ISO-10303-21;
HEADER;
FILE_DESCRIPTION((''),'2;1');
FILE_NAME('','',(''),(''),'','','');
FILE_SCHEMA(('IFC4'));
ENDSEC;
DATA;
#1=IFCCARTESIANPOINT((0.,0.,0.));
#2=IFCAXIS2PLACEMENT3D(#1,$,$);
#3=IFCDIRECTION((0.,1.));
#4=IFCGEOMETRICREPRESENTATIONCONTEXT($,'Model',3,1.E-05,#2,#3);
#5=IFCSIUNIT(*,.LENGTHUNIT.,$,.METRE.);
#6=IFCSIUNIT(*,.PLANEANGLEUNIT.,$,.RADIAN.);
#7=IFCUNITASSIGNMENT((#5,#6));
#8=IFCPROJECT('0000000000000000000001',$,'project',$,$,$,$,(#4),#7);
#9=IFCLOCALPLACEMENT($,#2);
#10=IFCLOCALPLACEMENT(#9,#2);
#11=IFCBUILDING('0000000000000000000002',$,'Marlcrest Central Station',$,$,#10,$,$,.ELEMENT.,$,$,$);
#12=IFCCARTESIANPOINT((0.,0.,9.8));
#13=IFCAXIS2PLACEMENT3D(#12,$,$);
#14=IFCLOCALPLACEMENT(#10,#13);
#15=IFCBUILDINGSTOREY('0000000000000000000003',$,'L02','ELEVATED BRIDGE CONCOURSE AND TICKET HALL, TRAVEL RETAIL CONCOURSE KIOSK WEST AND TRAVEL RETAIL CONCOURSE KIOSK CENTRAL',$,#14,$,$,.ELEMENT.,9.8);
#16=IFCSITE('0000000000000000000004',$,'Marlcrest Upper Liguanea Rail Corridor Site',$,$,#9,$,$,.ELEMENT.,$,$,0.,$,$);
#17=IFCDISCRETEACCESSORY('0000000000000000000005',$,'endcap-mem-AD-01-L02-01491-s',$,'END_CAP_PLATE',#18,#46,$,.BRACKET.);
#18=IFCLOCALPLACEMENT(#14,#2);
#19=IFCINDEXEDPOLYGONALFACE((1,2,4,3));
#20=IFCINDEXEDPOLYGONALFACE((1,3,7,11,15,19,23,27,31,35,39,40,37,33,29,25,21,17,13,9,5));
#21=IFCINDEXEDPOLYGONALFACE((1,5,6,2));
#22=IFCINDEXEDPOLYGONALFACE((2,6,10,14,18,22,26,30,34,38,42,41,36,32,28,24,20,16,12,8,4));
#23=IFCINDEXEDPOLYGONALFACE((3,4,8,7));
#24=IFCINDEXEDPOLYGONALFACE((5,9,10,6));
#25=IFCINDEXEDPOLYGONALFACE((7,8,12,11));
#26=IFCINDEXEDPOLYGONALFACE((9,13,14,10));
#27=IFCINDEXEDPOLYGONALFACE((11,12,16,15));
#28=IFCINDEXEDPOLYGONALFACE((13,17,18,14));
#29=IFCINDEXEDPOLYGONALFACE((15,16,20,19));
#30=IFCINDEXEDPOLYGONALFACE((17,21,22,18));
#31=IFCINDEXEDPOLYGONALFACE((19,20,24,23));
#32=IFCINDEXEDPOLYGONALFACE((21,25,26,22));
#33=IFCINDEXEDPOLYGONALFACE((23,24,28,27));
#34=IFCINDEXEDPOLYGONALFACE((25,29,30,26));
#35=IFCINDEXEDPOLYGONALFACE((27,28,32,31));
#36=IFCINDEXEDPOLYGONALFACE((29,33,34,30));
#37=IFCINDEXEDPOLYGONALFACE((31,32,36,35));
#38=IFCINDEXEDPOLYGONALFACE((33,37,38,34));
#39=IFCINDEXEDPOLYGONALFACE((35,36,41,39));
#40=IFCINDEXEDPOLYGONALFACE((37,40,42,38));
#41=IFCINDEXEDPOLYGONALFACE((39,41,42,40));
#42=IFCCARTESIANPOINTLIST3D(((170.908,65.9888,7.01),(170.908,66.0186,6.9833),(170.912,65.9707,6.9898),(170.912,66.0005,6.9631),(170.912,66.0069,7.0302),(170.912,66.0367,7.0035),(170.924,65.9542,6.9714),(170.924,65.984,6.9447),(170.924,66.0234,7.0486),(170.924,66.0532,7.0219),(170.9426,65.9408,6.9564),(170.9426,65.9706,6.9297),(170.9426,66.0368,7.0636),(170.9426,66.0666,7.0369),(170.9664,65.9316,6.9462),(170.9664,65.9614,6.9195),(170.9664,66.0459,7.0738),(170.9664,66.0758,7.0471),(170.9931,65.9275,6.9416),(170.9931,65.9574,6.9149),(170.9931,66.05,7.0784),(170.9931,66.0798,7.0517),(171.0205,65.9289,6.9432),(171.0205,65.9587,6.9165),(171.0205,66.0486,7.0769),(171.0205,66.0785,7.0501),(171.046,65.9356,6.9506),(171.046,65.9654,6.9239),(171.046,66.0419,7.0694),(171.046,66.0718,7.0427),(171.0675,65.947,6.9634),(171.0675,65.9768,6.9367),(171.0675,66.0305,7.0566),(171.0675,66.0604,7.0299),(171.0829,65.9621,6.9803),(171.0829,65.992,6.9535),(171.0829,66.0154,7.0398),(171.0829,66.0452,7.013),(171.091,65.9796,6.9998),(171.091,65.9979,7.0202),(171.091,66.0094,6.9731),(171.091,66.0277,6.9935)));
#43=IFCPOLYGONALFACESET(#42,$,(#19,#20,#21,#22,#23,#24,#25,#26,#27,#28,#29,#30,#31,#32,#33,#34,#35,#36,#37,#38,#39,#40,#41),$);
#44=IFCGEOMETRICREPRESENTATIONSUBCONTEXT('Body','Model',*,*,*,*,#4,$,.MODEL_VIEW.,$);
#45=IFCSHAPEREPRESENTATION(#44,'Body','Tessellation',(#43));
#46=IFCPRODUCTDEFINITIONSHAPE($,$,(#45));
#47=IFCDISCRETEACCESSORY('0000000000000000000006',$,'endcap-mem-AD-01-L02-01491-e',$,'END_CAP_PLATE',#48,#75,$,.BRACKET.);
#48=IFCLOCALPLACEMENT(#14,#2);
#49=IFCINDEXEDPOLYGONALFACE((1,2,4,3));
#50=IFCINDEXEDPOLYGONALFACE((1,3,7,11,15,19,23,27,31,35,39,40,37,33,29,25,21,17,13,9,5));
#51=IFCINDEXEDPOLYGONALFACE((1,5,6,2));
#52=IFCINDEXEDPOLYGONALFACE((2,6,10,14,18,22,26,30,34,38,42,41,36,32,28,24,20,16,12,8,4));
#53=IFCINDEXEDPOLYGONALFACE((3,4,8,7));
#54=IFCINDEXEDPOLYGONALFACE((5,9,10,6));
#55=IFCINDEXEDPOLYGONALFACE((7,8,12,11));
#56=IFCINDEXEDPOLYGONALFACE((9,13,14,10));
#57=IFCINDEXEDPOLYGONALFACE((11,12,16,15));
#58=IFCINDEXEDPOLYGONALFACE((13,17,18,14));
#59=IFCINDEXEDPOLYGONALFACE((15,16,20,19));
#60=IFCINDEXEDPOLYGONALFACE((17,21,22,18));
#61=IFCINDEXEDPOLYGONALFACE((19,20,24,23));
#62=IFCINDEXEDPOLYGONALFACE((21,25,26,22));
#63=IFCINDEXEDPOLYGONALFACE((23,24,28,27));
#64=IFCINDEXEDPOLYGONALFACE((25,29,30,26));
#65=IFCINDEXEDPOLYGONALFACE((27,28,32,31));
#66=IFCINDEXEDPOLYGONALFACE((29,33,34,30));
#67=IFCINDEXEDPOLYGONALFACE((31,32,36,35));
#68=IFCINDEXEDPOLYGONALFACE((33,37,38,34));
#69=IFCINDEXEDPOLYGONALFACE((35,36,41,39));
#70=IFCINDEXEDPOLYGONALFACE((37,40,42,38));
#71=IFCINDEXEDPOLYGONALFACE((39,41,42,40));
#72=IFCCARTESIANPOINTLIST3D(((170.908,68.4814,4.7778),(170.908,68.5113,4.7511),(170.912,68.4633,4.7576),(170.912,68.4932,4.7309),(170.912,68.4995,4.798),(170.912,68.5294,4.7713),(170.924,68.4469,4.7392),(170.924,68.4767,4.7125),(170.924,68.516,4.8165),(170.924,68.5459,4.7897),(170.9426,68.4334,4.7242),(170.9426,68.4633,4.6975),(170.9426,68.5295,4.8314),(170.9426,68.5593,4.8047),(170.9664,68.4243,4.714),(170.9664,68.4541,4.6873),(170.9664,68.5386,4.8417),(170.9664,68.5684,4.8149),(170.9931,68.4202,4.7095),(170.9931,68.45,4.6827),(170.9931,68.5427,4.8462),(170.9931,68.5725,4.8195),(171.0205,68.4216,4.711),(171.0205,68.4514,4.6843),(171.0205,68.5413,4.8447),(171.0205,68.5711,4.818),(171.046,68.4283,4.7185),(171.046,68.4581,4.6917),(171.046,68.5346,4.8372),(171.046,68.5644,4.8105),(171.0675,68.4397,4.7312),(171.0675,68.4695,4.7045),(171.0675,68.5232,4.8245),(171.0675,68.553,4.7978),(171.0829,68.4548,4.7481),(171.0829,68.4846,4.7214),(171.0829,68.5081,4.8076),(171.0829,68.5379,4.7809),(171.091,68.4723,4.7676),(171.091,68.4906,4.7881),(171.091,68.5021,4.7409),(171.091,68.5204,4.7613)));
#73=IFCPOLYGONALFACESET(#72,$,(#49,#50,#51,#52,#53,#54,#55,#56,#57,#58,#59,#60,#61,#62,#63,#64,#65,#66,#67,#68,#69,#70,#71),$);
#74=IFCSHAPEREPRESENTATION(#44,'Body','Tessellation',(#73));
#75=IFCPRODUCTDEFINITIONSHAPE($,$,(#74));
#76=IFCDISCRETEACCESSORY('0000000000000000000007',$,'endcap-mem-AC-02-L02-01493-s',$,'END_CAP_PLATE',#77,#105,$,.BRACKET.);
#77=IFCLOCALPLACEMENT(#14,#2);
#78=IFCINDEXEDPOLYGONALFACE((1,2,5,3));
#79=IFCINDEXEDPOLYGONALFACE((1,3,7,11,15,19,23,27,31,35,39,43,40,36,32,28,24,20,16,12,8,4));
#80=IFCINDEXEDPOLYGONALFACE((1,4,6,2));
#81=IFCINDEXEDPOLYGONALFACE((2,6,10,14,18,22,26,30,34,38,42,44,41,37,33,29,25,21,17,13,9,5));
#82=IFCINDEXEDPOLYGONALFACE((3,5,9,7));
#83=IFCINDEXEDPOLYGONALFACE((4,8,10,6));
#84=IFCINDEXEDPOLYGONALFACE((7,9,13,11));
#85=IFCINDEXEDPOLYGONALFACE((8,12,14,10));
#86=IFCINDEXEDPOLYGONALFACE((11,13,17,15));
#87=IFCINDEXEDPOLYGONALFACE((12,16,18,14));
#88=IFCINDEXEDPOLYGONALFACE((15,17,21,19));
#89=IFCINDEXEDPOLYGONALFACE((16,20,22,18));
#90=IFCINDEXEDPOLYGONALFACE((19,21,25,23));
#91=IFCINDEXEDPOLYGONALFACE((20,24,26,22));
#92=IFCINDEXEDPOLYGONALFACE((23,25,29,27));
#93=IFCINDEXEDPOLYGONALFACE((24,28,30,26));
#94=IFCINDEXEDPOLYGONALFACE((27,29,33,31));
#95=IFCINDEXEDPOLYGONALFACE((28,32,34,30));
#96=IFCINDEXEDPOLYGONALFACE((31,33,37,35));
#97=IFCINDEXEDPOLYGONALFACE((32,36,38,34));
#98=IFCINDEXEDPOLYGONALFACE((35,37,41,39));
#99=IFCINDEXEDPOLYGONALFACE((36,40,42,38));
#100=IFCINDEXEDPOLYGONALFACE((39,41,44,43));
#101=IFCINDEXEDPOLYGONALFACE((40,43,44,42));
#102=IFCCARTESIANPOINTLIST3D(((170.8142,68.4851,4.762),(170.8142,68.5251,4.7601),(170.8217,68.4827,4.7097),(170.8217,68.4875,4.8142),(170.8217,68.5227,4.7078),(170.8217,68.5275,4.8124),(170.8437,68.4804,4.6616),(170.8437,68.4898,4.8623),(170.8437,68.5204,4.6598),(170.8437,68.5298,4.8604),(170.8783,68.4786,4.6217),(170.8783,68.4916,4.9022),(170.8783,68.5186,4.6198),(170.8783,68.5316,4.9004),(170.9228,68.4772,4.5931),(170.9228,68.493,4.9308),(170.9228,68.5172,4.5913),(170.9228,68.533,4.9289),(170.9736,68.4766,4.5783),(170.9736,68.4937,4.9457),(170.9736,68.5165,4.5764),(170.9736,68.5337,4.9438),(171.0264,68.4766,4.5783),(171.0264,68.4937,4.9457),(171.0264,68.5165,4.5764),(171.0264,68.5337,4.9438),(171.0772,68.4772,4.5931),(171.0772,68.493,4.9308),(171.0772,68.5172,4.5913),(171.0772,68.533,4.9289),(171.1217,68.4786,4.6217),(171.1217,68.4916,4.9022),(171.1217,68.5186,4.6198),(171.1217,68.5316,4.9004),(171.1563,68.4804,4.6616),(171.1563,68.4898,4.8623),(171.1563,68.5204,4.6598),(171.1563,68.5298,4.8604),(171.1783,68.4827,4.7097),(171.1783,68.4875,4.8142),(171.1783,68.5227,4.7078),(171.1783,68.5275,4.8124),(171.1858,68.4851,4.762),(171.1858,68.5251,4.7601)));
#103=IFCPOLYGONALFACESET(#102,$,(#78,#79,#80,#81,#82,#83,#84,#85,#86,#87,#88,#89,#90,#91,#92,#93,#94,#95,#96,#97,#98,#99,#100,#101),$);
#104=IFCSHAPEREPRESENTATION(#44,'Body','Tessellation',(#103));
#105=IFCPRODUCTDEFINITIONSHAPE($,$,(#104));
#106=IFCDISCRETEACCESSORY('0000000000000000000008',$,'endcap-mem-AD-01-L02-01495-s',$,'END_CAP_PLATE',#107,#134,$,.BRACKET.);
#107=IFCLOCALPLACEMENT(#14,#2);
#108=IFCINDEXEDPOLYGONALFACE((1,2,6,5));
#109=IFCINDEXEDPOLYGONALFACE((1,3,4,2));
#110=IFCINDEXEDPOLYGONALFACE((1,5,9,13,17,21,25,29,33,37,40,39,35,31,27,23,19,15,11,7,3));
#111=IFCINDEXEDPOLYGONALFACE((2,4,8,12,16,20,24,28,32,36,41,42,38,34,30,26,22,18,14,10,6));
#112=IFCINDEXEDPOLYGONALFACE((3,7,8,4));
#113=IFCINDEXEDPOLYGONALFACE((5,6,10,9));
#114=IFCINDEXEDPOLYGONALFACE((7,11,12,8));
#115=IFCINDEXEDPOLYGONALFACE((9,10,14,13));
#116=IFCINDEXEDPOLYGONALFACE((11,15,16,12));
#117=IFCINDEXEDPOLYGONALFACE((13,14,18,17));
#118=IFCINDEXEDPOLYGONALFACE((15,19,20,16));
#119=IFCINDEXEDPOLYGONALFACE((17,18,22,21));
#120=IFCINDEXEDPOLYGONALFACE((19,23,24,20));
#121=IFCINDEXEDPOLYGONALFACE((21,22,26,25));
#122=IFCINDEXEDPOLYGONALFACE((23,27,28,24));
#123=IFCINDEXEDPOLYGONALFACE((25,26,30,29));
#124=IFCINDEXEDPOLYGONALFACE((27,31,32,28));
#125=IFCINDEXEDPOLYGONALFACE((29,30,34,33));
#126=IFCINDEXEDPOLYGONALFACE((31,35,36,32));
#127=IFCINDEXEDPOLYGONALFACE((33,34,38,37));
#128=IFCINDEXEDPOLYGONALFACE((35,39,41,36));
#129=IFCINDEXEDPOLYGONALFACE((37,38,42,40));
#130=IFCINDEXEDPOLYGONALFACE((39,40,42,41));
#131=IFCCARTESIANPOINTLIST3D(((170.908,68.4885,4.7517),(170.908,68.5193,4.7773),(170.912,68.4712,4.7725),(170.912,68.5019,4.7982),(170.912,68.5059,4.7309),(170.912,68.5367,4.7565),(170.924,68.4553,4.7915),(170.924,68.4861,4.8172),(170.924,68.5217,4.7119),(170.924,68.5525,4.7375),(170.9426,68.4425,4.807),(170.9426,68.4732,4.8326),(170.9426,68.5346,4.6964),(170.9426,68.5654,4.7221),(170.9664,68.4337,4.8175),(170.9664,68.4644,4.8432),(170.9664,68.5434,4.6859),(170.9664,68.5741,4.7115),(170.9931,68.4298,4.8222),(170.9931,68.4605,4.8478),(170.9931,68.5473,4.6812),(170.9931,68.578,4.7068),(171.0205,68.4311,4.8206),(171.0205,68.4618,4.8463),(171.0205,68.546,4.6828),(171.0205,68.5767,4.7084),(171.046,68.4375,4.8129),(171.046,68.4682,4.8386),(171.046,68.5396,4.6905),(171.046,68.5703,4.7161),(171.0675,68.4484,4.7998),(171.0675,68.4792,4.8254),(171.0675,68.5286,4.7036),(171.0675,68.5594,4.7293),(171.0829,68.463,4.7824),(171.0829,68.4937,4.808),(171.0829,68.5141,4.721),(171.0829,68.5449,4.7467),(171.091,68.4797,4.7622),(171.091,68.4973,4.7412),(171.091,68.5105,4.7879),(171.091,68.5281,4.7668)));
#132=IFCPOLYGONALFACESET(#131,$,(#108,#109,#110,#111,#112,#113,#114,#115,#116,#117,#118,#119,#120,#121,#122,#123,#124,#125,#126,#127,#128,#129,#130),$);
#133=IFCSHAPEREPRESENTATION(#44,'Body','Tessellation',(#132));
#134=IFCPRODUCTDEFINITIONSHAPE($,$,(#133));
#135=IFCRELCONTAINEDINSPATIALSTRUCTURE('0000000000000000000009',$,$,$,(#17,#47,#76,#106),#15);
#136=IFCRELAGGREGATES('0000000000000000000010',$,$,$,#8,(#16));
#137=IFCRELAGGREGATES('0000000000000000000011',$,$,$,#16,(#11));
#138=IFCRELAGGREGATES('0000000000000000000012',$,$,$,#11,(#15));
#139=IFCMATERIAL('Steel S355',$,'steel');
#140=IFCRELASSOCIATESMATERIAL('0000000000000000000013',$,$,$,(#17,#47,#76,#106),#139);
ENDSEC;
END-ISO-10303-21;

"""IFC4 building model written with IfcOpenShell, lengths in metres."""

from ifc_helpers import new_model, si_unit, direction, frame, origin, origin_2d, place, context, subcontext, project, spatial, circle, extrude, material, element, save


model = new_model("IFC4")

# Units and contexts
model_context = context("Model", 3, precision=1e-05, world=origin(), true_north=direction((0.0, 1.0)))
body_context = subcontext(model_context, "Body", "Model", "MODEL_VIEW")
ifc_project = project(units=[si_unit("LENGTHUNIT", "METRE"), si_unit("PLANEANGLEUNIT", "RADIAN")], contexts=[model_context])

# Site, building, storey
site_placement = place(None, origin())
site = spatial("IfcSite", under=ifc_project, at=site_placement, Name="Marlcrest Upper Liguanea Rail Corridor Site", CompositionType="ELEMENT", RefElevation=0.0)
building_placement = place(site_placement, origin())
building = spatial("IfcBuilding", under=site, at=building_placement, Name="Marlcrest Central Station", CompositionType="ELEMENT")
storey_placement = place(building_placement, frame((0.0, 0.0, 9.8)))
storey = spatial("IfcBuildingStorey", under=building, at=storey_placement, Name="L02", Description="ELEVATED BRIDGE CONCOURSE AND TICKET HALL, TRAVEL RETAIL CONCOURSE KIOSK WEST AND TRAVEL RETAIL CONCOURSE KIOSK CENTRAL", CompositionType="ELEMENT", Elevation=9.8)

# Shared definitions
ifc_material = material(Name="Steel S355", Category="steel")

# Discrete accessories
for number, where, z_axis, x_axis, name in (
    (1, (171.0, 65.9888, 7.01), (0.0, 0.744956, -0.667114), (-1.0, 0.0, 0.0), "endcap-mem-AD-01-L02-01491-s"),
    (2, (171.0, 68.4814, 4.7778), (0.0, 0.744956, -0.667114), (-1.0, 0.0, 0.0), "endcap-mem-AD-01-L02-01491-e"),
):
    element("IfcDiscreteAccessory", number, at=place(storey_placement, frame(where, z_axis=z_axis, x_axis=x_axis)), inside=storey, material=ifc_material, Name=name, ObjectType="END_CAP_PLATE", PredefinedType="BRACKET", context=body_context, shape_type="SweptSolid", body=[
        extrude(circle(Radius=0.092, at=origin_2d()), origin(), (0.0, 0.0, 1.0), 0.04),
    ])
discrete_accessory_1_placement = place(storey_placement, frame((171.0, 68.4851, 4.762), z_axis=(0.0, 0.998917, -0.046532), x_axis=(-1.0, 0.0, 0.0)))
element("IfcDiscreteAccessory", 3, at=discrete_accessory_1_placement, inside=storey, material=ifc_material, Name="endcap-mem-AC-02-L02-01493-s", ObjectType="END_CAP_PLATE", PredefinedType="BRACKET", context=body_context, shape_type="SweptSolid", body=[
    extrude(circle(Radius=0.1858, at=origin_2d()), origin(), (0.0, 0.0, 1.0), 0.04),
])
discrete_accessory_2_placement = place(storey_placement, frame((171.0, 68.4885, 4.7517), z_axis=(0.0, 0.76816, 0.640258), x_axis=(-1.0, 0.0, 0.0)))
element("IfcDiscreteAccessory", 4, at=discrete_accessory_2_placement, inside=storey, material=ifc_material, Name="endcap-mem-AD-01-L02-01495-s", ObjectType="END_CAP_PLATE", PredefinedType="BRACKET", context=body_context, shape_type="SweptSolid", body=[
    extrude(circle(Radius=0.092, at=origin_2d()), origin(), (0.0, 0.0, 1.0), 0.04),
])

save(model, "model.ifc")
